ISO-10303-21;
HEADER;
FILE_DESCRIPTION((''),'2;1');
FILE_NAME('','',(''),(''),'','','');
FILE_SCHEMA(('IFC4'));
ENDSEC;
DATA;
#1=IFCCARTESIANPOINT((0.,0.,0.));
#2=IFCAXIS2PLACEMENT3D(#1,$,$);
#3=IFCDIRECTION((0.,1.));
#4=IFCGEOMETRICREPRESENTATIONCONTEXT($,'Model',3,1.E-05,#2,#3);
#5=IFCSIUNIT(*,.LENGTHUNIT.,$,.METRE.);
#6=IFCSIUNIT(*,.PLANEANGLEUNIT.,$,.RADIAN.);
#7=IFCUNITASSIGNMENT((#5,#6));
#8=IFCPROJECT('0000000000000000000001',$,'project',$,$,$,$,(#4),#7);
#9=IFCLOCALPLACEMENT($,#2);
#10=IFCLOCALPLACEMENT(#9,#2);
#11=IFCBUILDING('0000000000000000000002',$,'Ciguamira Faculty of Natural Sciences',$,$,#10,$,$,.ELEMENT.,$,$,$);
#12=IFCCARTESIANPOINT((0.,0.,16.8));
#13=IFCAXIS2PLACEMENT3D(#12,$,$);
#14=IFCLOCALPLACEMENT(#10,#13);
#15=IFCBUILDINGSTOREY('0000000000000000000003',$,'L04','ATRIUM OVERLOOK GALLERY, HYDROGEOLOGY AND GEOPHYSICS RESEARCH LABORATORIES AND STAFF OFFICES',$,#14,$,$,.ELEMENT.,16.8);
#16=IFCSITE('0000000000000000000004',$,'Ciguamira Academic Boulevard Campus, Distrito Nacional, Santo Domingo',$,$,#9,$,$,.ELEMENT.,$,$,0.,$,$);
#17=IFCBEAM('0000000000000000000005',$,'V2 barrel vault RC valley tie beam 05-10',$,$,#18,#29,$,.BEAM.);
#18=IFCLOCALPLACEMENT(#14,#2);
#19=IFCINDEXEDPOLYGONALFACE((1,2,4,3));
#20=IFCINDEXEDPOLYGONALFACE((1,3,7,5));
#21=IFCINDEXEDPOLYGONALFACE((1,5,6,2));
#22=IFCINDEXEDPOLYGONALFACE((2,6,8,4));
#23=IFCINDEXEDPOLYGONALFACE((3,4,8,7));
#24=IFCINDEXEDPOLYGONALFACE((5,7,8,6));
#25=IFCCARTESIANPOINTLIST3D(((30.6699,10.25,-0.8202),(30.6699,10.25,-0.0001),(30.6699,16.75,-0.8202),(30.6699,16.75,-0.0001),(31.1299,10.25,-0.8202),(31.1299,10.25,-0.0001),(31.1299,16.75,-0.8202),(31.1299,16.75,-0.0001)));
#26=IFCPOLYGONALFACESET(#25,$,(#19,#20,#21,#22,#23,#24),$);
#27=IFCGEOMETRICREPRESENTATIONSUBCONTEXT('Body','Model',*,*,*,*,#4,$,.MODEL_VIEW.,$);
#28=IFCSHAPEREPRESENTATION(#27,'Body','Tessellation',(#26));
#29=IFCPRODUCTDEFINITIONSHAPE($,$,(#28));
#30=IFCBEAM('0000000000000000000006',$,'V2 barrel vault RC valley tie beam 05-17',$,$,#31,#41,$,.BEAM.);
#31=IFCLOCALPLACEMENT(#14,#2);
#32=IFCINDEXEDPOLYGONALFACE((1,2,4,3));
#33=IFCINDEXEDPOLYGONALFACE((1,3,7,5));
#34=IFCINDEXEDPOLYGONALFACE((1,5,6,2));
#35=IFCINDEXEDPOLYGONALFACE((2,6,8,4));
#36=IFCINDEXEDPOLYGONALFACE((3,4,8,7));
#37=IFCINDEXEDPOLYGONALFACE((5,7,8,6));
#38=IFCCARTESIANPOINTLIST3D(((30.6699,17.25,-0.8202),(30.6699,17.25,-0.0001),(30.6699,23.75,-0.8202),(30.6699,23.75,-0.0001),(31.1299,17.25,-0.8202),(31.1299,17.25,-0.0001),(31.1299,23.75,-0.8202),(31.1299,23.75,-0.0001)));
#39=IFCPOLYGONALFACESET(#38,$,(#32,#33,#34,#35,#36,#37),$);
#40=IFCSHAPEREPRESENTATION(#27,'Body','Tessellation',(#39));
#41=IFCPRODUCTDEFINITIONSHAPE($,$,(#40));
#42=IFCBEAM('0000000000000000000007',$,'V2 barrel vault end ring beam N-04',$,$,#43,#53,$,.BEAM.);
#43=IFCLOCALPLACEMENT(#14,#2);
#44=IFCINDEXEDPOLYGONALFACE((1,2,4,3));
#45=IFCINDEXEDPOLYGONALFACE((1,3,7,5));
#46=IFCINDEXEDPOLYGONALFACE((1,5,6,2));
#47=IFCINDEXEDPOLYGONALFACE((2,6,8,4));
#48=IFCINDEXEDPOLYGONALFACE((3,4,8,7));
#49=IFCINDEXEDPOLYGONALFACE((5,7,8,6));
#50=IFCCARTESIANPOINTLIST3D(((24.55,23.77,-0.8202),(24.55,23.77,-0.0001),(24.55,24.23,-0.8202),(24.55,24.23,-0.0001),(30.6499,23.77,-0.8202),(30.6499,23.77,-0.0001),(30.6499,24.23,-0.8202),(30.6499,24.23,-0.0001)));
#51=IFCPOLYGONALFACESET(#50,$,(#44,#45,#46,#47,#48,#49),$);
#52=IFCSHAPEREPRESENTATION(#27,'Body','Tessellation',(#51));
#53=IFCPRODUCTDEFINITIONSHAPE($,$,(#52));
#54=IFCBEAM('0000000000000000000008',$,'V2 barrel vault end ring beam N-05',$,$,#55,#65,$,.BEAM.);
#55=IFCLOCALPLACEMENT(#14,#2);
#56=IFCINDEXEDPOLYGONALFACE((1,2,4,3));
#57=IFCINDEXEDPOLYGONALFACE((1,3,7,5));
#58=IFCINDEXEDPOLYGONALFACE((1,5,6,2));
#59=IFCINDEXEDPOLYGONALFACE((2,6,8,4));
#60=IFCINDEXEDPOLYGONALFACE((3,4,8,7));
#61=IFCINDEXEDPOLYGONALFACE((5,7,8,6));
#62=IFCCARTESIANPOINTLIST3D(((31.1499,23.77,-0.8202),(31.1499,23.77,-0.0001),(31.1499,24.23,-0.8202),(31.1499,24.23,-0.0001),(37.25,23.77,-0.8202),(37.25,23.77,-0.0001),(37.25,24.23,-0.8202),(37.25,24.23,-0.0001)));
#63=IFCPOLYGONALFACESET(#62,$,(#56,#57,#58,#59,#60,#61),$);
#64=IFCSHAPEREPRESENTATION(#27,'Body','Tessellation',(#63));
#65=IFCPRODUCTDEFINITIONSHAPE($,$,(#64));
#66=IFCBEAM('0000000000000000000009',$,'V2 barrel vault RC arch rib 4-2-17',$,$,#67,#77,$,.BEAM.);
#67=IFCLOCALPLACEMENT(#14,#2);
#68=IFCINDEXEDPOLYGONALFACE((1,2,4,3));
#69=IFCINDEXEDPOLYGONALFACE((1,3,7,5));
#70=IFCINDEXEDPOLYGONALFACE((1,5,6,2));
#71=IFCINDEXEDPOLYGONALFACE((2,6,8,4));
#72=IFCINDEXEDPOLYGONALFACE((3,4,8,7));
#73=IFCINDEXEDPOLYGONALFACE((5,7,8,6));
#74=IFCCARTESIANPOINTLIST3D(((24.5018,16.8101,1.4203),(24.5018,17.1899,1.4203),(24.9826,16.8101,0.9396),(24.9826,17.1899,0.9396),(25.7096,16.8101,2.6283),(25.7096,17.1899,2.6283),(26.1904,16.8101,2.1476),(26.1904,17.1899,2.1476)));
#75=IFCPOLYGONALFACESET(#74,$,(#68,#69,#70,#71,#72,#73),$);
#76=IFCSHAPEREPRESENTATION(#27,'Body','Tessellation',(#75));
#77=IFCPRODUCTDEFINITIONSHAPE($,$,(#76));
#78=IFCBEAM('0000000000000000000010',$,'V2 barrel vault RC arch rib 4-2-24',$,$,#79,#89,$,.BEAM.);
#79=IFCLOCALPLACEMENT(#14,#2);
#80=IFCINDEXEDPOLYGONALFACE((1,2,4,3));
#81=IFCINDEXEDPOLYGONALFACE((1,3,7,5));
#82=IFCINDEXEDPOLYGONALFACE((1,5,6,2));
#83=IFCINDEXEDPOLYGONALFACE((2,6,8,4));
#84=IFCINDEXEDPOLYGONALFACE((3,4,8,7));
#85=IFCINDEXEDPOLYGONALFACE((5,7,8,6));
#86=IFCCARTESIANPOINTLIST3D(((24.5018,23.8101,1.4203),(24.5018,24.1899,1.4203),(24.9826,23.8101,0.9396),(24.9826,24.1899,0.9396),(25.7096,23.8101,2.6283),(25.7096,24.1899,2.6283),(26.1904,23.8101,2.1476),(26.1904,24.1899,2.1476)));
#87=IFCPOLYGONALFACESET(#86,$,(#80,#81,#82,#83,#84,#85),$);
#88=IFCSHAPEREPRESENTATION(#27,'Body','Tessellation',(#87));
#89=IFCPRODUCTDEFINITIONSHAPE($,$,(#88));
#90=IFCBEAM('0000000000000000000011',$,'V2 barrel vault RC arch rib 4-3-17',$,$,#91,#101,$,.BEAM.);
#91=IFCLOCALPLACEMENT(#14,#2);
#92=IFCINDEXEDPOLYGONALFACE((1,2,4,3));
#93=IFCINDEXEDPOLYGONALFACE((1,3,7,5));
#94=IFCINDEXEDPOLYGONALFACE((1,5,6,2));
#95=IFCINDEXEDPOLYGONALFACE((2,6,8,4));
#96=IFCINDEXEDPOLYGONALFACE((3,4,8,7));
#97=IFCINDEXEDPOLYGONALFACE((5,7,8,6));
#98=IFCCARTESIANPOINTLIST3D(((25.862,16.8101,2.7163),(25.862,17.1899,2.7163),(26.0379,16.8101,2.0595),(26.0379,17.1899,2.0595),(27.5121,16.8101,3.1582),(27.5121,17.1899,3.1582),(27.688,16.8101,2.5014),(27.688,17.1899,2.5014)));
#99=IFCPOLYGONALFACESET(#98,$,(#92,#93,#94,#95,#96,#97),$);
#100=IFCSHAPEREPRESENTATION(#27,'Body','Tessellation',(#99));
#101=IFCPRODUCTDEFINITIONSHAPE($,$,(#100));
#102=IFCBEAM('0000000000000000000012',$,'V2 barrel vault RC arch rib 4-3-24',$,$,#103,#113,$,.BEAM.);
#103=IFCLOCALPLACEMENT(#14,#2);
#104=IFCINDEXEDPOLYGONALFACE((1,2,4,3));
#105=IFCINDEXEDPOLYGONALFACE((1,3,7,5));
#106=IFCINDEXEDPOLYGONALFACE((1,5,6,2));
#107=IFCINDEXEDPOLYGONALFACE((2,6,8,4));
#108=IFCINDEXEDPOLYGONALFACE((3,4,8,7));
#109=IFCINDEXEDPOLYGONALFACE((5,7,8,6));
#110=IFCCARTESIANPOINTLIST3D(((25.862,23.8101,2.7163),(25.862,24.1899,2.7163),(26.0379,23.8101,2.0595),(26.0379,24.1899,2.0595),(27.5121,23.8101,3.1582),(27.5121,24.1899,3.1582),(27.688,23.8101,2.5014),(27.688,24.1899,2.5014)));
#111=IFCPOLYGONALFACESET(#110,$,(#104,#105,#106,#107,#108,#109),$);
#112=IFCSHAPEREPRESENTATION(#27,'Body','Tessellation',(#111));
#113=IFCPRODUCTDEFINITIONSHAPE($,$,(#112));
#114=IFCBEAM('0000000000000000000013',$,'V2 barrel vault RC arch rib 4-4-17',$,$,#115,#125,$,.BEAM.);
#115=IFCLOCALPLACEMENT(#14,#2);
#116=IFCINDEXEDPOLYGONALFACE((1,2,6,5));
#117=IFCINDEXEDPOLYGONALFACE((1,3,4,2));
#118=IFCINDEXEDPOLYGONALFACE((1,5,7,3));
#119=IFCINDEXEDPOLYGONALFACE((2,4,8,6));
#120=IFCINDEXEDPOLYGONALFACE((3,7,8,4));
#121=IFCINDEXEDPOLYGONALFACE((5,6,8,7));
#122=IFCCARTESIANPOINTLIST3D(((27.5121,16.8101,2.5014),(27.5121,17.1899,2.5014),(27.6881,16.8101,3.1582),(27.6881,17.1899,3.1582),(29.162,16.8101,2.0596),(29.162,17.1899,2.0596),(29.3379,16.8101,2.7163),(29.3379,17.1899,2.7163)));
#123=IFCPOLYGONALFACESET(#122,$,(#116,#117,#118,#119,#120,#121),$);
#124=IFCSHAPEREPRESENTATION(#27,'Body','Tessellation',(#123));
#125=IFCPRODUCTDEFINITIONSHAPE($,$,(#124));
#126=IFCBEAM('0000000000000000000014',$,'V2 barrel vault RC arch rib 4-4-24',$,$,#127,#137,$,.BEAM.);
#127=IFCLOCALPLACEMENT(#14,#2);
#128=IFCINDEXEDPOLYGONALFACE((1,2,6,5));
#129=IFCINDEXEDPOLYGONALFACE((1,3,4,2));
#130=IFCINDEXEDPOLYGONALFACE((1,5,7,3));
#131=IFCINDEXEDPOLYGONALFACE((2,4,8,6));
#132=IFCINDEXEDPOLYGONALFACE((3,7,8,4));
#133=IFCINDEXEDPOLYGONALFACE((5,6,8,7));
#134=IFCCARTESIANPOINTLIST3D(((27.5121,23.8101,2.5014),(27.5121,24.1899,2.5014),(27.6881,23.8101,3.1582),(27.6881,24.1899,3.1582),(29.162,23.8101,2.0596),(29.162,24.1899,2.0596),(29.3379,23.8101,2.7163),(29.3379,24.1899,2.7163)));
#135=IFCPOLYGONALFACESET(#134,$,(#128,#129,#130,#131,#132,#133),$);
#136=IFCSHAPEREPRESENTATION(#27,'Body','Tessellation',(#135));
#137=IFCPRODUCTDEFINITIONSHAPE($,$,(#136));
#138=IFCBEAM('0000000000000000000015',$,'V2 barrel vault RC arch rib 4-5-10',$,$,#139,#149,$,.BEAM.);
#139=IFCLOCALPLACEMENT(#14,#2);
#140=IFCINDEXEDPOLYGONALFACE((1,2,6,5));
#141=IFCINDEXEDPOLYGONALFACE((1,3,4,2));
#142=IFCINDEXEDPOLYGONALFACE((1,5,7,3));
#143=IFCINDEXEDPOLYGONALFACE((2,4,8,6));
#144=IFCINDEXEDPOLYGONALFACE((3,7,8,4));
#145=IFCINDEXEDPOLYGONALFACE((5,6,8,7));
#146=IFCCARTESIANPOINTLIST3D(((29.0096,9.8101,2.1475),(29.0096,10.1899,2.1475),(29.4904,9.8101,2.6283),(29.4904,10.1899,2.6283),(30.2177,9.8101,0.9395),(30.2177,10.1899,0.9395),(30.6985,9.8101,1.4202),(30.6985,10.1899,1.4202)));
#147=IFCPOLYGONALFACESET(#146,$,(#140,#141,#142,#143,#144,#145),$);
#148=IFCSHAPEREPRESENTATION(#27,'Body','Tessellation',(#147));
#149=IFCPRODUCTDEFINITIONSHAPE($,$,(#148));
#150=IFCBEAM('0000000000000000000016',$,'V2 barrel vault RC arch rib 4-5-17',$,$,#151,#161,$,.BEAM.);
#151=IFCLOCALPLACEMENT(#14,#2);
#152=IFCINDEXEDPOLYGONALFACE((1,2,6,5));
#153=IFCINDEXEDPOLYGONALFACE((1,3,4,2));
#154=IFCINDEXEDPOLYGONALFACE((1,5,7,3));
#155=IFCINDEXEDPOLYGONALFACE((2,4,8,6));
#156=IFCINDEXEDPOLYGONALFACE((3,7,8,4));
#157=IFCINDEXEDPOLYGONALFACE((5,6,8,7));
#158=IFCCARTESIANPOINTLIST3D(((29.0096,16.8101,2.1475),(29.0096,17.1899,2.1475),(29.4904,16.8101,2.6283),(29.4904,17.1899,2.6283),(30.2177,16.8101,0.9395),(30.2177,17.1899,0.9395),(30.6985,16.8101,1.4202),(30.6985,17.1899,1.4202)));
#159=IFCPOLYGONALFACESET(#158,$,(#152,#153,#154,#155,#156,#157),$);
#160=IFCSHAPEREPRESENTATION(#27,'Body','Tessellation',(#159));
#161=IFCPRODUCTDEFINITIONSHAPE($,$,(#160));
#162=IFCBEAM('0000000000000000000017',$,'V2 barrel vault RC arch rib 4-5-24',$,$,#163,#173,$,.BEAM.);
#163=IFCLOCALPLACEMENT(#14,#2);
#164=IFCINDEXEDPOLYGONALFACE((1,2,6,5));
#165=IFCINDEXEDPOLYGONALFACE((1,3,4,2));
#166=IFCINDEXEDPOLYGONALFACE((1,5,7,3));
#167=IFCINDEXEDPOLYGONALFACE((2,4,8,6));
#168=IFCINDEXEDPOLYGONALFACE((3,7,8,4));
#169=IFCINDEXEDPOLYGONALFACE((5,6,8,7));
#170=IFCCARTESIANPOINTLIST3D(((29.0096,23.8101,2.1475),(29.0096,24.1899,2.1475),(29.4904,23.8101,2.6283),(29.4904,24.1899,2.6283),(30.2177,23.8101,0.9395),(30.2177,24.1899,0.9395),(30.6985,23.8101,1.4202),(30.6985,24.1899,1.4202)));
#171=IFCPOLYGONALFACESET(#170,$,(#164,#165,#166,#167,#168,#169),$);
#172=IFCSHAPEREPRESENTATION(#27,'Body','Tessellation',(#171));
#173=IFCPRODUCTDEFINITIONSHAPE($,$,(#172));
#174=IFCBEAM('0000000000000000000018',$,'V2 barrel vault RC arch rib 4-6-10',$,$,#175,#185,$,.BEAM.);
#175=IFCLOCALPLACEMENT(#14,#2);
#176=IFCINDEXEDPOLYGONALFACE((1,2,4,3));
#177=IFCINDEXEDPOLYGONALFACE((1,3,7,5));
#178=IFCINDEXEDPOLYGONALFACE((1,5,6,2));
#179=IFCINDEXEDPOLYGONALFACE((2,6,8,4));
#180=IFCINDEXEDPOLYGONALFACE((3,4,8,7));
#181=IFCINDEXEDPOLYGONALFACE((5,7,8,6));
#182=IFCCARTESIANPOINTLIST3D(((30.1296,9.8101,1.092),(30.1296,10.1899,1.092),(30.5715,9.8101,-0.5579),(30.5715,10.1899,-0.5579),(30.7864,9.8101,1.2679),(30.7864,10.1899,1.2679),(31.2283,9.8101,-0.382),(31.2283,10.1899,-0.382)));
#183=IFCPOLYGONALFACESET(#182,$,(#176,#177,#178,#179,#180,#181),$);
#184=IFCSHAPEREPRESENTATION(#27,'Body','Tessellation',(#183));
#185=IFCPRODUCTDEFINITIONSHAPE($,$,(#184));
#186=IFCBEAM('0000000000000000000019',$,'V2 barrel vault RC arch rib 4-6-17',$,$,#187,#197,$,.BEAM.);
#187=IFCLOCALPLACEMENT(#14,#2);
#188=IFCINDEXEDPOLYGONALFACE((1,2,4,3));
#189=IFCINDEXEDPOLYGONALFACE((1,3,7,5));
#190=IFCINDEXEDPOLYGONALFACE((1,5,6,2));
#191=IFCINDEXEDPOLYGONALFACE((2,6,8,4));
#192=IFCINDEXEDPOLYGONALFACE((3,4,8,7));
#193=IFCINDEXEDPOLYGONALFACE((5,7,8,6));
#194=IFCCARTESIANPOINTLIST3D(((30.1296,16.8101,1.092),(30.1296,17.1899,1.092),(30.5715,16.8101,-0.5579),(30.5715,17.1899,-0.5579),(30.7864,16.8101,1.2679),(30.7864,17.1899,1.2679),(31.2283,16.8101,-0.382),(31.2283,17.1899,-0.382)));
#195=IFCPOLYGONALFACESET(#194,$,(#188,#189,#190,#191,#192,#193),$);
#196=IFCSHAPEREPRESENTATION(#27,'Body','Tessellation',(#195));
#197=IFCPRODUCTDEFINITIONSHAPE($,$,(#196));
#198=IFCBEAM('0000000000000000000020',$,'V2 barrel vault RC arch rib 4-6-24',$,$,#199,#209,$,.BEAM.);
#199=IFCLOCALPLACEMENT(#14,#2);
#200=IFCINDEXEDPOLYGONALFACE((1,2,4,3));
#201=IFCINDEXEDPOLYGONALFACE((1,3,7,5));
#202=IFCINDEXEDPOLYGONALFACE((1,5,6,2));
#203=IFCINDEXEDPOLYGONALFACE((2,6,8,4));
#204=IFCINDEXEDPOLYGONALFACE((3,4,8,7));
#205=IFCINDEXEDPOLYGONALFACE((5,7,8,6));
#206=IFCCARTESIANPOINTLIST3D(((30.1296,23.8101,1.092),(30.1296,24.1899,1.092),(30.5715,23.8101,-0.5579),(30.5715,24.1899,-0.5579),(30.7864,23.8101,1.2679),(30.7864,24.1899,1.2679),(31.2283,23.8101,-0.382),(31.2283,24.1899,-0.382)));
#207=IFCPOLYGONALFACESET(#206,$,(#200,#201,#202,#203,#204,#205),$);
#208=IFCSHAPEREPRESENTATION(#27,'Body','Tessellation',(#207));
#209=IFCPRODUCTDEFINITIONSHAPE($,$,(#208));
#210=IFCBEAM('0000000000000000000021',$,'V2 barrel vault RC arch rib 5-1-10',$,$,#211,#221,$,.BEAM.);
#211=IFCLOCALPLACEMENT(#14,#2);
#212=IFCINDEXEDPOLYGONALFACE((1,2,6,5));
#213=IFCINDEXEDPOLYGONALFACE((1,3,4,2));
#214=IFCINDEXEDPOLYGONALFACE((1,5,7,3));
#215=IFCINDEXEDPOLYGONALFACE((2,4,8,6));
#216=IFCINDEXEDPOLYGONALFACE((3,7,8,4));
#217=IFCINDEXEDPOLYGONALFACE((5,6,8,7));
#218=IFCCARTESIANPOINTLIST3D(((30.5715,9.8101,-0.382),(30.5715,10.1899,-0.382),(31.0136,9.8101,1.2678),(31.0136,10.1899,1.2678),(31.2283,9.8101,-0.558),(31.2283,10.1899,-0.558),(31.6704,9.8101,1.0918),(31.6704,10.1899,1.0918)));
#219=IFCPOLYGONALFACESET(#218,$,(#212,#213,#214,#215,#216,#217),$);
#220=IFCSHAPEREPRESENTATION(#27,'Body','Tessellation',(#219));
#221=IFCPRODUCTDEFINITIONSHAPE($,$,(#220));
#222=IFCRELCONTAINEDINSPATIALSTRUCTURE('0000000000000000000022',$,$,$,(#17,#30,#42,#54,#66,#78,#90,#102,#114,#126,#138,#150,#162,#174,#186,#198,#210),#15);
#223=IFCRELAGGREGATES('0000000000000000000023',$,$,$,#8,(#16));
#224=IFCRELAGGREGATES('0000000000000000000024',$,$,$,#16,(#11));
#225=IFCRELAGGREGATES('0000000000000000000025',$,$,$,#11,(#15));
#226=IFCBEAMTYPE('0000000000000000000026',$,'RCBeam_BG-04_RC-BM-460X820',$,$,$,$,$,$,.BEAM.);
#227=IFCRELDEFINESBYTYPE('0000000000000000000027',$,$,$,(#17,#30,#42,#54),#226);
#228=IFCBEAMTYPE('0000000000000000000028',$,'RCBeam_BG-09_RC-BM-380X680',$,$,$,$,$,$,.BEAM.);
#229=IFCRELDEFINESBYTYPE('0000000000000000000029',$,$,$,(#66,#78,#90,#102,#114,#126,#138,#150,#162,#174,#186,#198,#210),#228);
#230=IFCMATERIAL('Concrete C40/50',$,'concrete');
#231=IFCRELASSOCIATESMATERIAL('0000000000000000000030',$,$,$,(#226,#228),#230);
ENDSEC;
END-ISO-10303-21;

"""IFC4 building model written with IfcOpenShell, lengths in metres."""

from ifc_helpers import new_model, si_unit, direction, frame, origin, origin_2d, place, context, subcontext, project, spatial, rectangle, extrude, material, material_profile, profile_set, type_object, element, save


model = new_model("IFC4")

# Units and contexts
model_context = context("Model", 3, precision=1e-05, world=origin(), true_north=direction((0.0, 1.0)))
body_context = subcontext(model_context, "Body", "Model", "MODEL_VIEW")
ifc_project = project(units=[si_unit("LENGTHUNIT", "METRE"), si_unit("PLANEANGLEUNIT", "RADIAN")], contexts=[model_context])

# Site, building, storey
site_placement = place(None, origin())
site = spatial("IfcSite", under=ifc_project, at=site_placement, Name="Ciguamira Academic Boulevard Campus, Distrito Nacional, Santo Domingo", CompositionType="ELEMENT", RefElevation=0.0)
building_placement = place(site_placement, origin())
building = spatial("IfcBuilding", under=site, at=building_placement, Name="Ciguamira Faculty of Natural Sciences", CompositionType="ELEMENT")
storey_placement = place(building_placement, frame((0.0, 0.0, 16.8)))
storey = spatial("IfcBuildingStorey", under=building, at=storey_placement, Name="L04", Description="ATRIUM OVERLOOK GALLERY, HYDROGEOLOGY AND GEOPHYSICS RESEARCH LABORATORIES AND STAFF OFFICES", CompositionType="ELEMENT", Elevation=16.8)

# Beams
ifc_material_1 = material(Name="Concrete C40/50", Category="concrete")
ifc_material_profile_1 = material_profile(ifc_material_1, rectangle(XDim=0.46, YDim=0.8201, at=origin_2d()), Name="RC-BM-460X820")
ifc_profile_set_1 = profile_set([ifc_material_profile_1], Name="Concrete C40/50")
beam_type_1 = type_object("IfcBeamType", Name="RCBeam_BG-04_RC-BM-460X820", PredefinedType="BEAM", material=ifc_profile_set_1)
for number, where, z_axis, x_axis, name in (
    (1, (30.8999, 10.25, -0.4102), (0.0, 1.0, 0.0), (-1.0, 0.0, 0.0), "V2 barrel vault RC valley tie beam 05-10"),
    (2, (30.8999, 17.25, -0.4102), (0.0, 1.0, 0.0), (-1.0, 0.0, 0.0), "V2 barrel vault RC valley tie beam 05-17"),
):
    element("IfcBeam", number, at=place(storey_placement, frame(where, z_axis=z_axis, x_axis=x_axis)), inside=storey, type_object=beam_type_1, Name=name, PredefinedType="BEAM", context=body_context, shape_type="SweptSolid", body=[
        extrude(rectangle(XDim=0.46, YDim=0.8201, at=origin_2d()), origin(), (0.0, 0.0, 1.0), 6.5),
    ])
beam_1_placement = place(storey_placement, frame((24.55, 24.0, -0.4102), z_axis=(1.0, 0.0, 0.0), x_axis=(0.0, 1.0, 0.0)))
element("IfcBeam", 3, at=beam_1_placement, inside=storey, type_object=beam_type_1, Name="V2 barrel vault end ring beam N-04", PredefinedType="BEAM", context=body_context, shape_type="SweptSolid", body=[
    extrude(rectangle(XDim=0.46, YDim=0.8201, at=origin_2d()), origin(), (0.0, 0.0, 1.0), 6.0999),
])
beam_2_placement = place(storey_placement, frame((31.1499, 24.0, -0.4102), z_axis=(1.0, 0.0, 0.0), x_axis=(0.0, 1.0, 0.0)))
element("IfcBeam", 4, at=beam_2_placement, inside=storey, type_object=beam_type_1, Name="V2 barrel vault end ring beam N-05", PredefinedType="BEAM", context=body_context, shape_type="SweptSolid", body=[
    extrude(rectangle(XDim=0.46, YDim=0.8201, at=origin_2d()), origin(), (0.0, 0.0, 1.0), 6.1001),
])
ifc_material_profile_2 = material_profile(ifc_material_1, rectangle(XDim=0.3799, YDim=0.6799, at=origin_2d()), Name="RC-BM-380X680")
ifc_profile_set_2 = profile_set([ifc_material_profile_2], Name="Concrete C40/50")
beam_type_2 = type_object("IfcBeamType", Name="RCBeam_BG-09_RC-BM-380X680", PredefinedType="BEAM", material=ifc_profile_set_2)
for number, where, z_axis, x_axis, name in (
    (5, (24.7422, 17.0, 1.1799), (0.707035, 0.0, 0.707178), (0.0, 1.0, 0.0), "V2 barrel vault RC arch rib 4-2-17"),
    (6, (24.7422, 24.0, 1.1799), (0.707035, 0.0, 0.707178), (0.0, 1.0, 0.0), "V2 barrel vault RC arch rib 4-2-24"),
    (7, (25.95, 17.0, 2.3879), (0.965964, 0.0, 0.258677), (0.0, 1.0, 0.0), "V2 barrel vault RC arch rib 4-3-17"),
    (8, (25.95, 24.0, 2.3879), (0.965964, 0.0, 0.258677), (0.0, 1.0, 0.0), "V2 barrel vault RC arch rib 4-3-24"),
):
    element("IfcBeam", number, at=place(storey_placement, frame(where, z_axis=z_axis, x_axis=x_axis)), inside=storey, type_object=beam_type_2, Name=name, PredefinedType="BEAM", context=body_context, shape_type="SweptSolid", body=[
        extrude(rectangle(XDim=0.3799, YDim=0.6799, at=origin_2d()), origin(), (0.0, 0.0, 1.0), 1.7083),
    ])
for number, where, z_axis, x_axis, name in (
    (9, (27.6001, 17.0, 2.8298), (0.965954, 0.0, -0.258712), (0.0, 1.0, 0.0), "V2 barrel vault RC arch rib 4-4-17"),
    (10, (27.6001, 24.0, 2.8298), (0.965954, 0.0, -0.258712), (0.0, 1.0, 0.0), "V2 barrel vault RC arch rib 4-4-24"),
):
    element("IfcBeam", number, at=place(storey_placement, frame(where, z_axis=z_axis, x_axis=x_axis)), inside=storey, type_object=beam_type_2, Name=name, PredefinedType="BEAM", context=body_context, shape_type="SweptSolid", body=[
        extrude(rectangle(XDim=0.3799, YDim=0.6799, at=origin_2d()), origin(), (0.0, 0.0, 1.0), 1.708),
    ])
for number, where, z_axis, x_axis, name in (
    (11, (29.25, 10.0, 2.3879), (0.707107, 0.0, -0.707107), (0.0, 1.0, 0.0), "V2 barrel vault RC arch rib 4-5-10"),
    (12, (29.25, 17.0, 2.3879), (0.707107, 0.0, -0.707107), (0.0, 1.0, 0.0), "V2 barrel vault RC arch rib 4-5-17"),
    (13, (29.25, 24.0, 2.3879), (0.707107, 0.0, -0.707107), (0.0, 1.0, 0.0), "V2 barrel vault RC arch rib 4-5-24"),
):
    element("IfcBeam", number, at=place(storey_placement, frame(where, z_axis=z_axis, x_axis=x_axis)), inside=storey, type_object=beam_type_2, Name=name, PredefinedType="BEAM", context=body_context, shape_type="SweptSolid", body=[
        extrude(rectangle(XDim=0.3799, YDim=0.6799, at=origin_2d()), origin(), (0.0, 0.0, 1.0), 1.7085),
    ])
for number, where, z_axis, x_axis, name in (
    (14, (30.458, 10.0, 1.1799), (0.258712, 0.0, -0.965954), (0.0, 1.0, 0.0), "V2 barrel vault RC arch rib 4-6-10"),
    (15, (30.458, 17.0, 1.1799), (0.258712, 0.0, -0.965954), (0.0, 1.0, 0.0), "V2 barrel vault RC arch rib 4-6-17"),
    (16, (30.458, 24.0, 1.1799), (0.258712, 0.0, -0.965954), (0.0, 1.0, 0.0), "V2 barrel vault RC arch rib 4-6-24"),
    (17, (30.8999, 10.0, -0.47), (0.258846, 0.0, 0.965919), (0.0, 1.0, 0.0), "V2 barrel vault RC arch rib 5-1-10"),
):
    element("IfcBeam", number, at=place(storey_placement, frame(where, z_axis=z_axis, x_axis=x_axis)), inside=storey, type_object=beam_type_2, Name=name, PredefinedType="BEAM", context=body_context, shape_type="SweptSolid", body=[
        extrude(rectangle(XDim=0.3799, YDim=0.6799, at=origin_2d()), origin(), (0.0, 0.0, 1.0), 1.708),
    ])

save(model, "model.ifc")
